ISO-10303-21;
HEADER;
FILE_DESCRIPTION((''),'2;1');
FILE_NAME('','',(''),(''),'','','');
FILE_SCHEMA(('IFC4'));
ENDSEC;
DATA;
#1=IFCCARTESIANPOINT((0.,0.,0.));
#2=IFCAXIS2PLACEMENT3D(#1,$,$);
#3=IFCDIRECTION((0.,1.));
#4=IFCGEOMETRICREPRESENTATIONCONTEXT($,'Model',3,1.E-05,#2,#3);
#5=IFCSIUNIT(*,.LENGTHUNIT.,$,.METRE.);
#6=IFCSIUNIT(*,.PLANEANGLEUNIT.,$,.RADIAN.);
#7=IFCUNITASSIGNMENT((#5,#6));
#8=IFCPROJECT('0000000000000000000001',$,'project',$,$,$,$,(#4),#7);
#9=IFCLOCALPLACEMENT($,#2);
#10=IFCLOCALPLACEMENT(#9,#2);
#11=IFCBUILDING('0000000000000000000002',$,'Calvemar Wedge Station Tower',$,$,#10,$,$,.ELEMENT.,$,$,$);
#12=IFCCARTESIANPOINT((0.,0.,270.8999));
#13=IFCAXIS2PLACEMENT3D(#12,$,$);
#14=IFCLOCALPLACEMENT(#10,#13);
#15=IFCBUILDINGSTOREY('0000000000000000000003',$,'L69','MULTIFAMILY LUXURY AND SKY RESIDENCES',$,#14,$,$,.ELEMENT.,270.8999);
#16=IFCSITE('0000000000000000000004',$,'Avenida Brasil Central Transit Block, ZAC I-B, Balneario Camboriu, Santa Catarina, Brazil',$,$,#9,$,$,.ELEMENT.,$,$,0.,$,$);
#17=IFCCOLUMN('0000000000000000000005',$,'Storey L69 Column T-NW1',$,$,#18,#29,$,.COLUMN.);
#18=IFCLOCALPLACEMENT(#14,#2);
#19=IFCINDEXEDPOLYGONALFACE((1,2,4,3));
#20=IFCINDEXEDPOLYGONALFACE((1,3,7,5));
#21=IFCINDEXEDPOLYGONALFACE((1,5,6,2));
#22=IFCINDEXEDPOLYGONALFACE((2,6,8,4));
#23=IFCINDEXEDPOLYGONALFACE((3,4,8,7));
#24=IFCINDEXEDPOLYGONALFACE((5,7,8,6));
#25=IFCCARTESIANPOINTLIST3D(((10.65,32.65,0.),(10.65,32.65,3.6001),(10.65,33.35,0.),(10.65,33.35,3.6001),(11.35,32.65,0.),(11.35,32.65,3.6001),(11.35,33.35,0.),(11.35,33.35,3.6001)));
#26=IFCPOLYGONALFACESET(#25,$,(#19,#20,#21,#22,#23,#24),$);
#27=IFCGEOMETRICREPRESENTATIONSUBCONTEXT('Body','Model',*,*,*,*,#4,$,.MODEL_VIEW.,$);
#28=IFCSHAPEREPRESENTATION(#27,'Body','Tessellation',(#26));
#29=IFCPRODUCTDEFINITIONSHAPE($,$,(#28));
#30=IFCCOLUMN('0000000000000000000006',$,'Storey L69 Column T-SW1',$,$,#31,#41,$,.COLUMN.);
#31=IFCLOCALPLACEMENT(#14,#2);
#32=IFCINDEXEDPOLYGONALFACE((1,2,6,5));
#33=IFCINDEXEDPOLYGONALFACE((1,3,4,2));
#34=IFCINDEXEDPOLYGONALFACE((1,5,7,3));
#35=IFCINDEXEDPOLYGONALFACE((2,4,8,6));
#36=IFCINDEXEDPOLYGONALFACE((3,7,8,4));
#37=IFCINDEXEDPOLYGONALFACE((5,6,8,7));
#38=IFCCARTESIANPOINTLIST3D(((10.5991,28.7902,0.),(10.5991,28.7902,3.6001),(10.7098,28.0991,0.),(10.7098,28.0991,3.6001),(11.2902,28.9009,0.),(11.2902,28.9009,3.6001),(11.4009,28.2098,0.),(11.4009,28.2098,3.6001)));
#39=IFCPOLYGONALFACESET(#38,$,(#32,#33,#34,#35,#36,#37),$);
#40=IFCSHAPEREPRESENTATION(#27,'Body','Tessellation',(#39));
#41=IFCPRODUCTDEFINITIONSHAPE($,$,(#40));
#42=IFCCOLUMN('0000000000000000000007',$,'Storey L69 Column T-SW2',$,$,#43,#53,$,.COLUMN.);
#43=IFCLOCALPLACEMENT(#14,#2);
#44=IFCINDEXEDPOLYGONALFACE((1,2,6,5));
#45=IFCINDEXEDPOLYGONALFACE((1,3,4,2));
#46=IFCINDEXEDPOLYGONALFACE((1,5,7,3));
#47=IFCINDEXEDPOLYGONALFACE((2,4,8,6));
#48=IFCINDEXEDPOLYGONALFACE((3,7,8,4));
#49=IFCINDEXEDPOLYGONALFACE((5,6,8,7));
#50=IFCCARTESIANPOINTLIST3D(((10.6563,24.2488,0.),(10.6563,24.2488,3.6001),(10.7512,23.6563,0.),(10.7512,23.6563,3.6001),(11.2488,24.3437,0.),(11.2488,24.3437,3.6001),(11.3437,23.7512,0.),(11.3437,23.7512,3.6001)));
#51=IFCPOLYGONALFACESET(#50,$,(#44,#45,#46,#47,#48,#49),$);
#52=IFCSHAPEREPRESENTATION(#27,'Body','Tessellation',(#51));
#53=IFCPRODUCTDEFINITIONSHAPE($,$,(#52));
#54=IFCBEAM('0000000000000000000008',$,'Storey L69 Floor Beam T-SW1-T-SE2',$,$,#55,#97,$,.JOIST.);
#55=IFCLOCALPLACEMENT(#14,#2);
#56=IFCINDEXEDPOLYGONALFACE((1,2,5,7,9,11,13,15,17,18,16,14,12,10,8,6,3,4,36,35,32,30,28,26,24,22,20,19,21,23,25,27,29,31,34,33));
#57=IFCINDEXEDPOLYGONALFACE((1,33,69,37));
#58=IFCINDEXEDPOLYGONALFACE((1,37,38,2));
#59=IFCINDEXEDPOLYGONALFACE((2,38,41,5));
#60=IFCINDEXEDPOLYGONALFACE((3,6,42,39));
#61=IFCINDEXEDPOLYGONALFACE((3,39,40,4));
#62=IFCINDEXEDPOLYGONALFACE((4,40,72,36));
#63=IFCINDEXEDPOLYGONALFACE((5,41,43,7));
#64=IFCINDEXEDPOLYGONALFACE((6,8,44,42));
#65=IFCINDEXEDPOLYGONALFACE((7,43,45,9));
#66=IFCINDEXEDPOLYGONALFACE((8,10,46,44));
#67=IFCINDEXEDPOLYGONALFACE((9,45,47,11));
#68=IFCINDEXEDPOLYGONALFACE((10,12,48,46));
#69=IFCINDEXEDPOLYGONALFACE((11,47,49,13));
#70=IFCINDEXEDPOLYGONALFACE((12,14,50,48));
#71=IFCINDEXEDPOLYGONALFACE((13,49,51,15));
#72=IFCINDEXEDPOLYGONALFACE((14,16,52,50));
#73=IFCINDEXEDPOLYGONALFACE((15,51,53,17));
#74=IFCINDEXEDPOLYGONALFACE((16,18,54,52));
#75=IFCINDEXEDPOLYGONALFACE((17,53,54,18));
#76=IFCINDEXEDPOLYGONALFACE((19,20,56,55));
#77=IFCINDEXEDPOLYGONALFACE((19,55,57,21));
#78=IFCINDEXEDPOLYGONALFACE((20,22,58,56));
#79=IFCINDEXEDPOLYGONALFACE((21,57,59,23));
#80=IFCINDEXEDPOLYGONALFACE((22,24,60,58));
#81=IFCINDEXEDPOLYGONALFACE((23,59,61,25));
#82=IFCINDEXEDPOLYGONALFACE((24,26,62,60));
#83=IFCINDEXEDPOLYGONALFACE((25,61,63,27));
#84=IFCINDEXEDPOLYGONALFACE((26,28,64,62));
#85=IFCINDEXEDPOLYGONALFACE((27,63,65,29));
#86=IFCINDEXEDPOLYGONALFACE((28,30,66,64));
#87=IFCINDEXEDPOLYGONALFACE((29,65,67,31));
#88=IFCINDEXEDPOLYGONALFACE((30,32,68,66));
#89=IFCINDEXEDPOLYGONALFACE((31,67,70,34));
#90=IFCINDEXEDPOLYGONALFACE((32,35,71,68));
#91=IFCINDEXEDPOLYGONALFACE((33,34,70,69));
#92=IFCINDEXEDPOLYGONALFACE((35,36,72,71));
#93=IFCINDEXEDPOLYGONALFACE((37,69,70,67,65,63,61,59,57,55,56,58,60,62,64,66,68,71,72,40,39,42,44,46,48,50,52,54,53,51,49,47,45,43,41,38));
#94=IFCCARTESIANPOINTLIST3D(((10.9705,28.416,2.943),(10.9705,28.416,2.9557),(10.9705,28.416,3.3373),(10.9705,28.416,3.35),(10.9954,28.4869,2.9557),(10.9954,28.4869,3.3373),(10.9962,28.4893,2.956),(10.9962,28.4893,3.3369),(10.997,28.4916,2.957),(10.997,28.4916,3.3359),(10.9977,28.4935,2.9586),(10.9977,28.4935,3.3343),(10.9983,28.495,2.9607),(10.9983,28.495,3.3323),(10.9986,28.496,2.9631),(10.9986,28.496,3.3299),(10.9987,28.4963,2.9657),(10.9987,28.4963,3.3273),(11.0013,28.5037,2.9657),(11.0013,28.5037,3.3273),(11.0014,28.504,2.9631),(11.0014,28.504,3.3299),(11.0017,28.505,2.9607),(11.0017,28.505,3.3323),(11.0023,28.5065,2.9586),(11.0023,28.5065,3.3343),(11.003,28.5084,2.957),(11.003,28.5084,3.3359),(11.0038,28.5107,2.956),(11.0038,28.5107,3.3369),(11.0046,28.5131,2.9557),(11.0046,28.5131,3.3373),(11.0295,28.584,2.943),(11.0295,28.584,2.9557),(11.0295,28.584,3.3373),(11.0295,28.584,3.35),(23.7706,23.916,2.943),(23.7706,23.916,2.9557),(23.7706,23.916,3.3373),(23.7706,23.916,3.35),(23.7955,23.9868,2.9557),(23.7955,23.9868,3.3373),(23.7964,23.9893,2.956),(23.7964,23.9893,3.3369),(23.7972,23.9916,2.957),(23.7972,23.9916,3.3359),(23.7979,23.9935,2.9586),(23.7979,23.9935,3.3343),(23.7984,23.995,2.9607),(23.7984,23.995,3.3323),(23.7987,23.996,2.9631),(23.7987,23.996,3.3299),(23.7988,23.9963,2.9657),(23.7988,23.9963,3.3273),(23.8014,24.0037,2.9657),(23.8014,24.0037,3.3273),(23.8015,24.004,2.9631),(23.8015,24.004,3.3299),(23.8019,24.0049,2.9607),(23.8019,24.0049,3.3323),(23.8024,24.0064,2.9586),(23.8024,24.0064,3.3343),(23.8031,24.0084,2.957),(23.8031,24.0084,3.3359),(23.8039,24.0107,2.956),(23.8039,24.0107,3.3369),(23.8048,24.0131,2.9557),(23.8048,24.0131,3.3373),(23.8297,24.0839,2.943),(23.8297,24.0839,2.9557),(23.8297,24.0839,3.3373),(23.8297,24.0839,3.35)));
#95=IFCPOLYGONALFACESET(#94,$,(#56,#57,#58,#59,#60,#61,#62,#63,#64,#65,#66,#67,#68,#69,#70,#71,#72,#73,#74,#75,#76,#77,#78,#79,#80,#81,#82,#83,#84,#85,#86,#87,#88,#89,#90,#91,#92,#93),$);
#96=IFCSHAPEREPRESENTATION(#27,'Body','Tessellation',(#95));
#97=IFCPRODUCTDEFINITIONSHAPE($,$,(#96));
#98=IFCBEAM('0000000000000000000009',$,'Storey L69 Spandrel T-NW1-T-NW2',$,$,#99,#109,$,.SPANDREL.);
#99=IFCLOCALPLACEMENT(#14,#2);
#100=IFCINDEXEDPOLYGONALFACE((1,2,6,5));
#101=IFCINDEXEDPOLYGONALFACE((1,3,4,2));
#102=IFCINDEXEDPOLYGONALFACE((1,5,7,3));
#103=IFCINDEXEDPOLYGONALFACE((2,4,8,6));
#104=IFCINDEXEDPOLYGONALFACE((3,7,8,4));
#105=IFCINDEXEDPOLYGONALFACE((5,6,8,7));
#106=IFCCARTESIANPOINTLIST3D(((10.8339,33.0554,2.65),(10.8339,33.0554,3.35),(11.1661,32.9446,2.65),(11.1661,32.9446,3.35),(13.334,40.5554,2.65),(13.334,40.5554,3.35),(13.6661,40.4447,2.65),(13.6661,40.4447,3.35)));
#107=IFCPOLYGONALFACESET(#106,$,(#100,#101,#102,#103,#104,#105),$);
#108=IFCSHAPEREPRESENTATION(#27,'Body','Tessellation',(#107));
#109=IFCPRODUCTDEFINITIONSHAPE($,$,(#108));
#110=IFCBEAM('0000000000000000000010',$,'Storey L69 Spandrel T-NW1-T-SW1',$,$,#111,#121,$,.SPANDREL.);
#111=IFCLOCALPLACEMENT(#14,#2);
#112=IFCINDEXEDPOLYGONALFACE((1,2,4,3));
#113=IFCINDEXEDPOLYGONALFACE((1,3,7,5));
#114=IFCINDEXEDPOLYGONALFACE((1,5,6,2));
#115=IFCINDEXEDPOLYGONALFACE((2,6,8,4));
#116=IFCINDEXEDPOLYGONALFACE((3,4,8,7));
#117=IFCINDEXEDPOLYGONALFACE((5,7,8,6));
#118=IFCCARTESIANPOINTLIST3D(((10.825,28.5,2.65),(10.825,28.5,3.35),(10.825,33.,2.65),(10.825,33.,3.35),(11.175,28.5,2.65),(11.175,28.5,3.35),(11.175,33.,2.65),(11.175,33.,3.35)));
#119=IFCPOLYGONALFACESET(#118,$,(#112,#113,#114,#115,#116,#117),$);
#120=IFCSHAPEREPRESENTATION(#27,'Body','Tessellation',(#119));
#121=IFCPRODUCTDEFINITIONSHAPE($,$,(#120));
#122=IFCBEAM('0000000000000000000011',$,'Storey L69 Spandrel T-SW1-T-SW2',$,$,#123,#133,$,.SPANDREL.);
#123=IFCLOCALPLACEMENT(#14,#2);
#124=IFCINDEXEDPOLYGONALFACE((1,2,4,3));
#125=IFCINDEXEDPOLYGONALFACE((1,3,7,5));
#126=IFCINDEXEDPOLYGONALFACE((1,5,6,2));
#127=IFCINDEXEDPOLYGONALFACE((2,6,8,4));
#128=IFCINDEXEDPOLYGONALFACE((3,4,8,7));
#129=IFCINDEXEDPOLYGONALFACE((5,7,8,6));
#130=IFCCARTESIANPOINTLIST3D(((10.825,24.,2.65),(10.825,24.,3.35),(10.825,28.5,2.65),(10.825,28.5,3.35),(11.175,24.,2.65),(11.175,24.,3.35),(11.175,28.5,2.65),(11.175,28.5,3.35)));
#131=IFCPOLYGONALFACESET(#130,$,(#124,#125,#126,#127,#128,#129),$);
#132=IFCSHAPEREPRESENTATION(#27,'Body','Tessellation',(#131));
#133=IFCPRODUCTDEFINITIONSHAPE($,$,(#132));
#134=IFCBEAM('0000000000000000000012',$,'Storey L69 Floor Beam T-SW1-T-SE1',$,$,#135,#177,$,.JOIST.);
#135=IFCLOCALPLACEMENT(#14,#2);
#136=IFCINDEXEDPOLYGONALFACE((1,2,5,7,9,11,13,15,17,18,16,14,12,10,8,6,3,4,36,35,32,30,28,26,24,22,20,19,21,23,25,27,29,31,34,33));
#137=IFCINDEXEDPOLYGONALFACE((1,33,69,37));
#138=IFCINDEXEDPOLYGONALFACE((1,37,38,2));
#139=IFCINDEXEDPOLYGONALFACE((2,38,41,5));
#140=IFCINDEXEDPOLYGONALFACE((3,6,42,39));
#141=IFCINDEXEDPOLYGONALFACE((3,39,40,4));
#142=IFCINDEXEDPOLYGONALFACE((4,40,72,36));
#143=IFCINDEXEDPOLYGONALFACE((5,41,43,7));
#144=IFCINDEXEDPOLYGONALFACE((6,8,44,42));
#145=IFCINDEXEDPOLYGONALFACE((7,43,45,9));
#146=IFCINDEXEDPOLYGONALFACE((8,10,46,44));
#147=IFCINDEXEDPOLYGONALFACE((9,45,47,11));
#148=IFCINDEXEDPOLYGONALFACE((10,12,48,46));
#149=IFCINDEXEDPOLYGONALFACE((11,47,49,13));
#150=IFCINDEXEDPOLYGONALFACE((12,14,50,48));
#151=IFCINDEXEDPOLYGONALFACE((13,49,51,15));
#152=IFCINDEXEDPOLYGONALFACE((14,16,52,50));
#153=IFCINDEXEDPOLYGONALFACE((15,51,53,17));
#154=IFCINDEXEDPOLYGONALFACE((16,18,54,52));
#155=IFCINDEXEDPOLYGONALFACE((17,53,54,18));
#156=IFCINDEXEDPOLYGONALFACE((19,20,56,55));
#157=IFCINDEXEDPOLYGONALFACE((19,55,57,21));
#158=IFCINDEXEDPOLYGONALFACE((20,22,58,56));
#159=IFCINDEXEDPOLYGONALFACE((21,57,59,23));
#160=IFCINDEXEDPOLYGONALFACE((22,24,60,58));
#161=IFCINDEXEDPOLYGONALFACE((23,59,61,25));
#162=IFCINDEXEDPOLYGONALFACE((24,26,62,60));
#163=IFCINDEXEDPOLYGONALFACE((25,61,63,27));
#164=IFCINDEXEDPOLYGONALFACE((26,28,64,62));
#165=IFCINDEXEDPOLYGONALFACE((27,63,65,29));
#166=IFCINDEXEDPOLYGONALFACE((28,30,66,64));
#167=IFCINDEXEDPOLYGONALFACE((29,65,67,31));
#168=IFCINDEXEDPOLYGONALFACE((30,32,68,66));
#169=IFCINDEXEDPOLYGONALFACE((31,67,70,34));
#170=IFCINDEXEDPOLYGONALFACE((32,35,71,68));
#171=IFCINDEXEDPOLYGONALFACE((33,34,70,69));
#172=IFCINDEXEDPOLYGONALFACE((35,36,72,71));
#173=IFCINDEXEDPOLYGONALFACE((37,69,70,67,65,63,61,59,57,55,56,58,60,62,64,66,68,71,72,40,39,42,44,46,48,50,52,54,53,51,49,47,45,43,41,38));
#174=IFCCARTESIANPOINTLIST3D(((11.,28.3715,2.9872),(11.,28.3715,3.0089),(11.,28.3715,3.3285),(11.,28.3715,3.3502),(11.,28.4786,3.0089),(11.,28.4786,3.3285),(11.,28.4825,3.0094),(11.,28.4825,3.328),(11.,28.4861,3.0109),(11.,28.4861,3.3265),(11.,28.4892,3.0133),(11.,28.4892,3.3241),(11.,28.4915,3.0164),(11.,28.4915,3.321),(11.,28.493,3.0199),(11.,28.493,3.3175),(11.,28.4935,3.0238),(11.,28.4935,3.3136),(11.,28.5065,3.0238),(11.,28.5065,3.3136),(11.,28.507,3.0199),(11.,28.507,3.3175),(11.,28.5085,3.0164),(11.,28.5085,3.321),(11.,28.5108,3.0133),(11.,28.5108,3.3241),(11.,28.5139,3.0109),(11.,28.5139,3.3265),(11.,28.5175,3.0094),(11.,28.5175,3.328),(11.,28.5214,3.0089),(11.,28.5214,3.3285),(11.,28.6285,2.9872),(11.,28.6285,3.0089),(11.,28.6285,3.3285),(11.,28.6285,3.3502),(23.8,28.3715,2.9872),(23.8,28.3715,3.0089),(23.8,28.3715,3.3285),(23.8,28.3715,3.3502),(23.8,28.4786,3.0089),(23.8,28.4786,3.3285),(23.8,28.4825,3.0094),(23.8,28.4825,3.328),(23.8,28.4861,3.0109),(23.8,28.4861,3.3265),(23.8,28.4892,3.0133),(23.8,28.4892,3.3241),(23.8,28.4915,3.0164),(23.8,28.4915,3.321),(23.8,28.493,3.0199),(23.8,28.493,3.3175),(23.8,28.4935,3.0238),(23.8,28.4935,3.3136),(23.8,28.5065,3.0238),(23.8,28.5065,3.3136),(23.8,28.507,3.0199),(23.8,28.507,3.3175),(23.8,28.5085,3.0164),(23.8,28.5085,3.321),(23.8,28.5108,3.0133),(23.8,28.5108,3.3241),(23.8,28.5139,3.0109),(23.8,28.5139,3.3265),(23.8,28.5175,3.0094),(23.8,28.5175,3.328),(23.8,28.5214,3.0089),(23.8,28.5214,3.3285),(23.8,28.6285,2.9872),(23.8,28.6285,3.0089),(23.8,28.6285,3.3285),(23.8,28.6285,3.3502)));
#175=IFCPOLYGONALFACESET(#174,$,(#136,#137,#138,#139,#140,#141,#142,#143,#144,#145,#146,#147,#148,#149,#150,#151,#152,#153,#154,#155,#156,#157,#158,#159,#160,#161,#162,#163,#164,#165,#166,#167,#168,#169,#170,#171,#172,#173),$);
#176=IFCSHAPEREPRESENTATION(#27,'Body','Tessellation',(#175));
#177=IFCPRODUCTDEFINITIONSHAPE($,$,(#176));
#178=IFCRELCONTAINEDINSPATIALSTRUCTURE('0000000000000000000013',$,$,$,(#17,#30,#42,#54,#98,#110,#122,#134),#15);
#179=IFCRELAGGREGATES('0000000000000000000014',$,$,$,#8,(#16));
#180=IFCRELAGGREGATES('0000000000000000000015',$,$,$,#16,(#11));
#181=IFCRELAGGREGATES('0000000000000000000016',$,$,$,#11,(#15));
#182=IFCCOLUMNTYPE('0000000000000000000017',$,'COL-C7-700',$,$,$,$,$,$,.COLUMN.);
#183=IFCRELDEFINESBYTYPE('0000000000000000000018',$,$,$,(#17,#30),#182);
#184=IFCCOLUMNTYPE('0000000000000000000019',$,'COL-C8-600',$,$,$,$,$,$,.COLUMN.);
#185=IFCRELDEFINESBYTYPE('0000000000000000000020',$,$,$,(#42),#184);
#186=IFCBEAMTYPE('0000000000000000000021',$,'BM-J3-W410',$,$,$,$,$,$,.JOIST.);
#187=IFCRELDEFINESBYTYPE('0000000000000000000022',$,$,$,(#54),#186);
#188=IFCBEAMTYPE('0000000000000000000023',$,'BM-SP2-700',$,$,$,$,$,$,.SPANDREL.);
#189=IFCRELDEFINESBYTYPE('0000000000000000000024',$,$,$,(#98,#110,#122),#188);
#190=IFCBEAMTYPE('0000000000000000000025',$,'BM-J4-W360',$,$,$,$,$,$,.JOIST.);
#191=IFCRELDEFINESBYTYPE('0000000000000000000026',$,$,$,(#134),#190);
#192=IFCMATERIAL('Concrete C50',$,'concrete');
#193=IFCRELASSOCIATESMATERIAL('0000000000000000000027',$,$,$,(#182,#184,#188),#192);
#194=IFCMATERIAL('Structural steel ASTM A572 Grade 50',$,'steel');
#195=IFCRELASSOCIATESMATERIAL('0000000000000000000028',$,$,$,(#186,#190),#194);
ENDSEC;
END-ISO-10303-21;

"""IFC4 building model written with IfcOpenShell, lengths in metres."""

from ifc_helpers import new_model, si_unit, direction, frame, origin, origin_2d, place, context, subcontext, project, spatial, rectangle, i_section, extrude, source, transform, mapped, material, material_profile, profile_set, type_object, element, save


model = new_model("IFC4")

# Units and contexts
model_context = context("Model", 3, precision=1e-05, world=origin(), true_north=direction((0.0, 1.0)))
body_context = subcontext(model_context, "Body", "Model", "MODEL_VIEW")
ifc_project = project(units=[si_unit("LENGTHUNIT", "METRE"), si_unit("PLANEANGLEUNIT", "RADIAN")], contexts=[model_context])

# Site, building, storey
site_placement = place(None, origin())
site = spatial("IfcSite", under=ifc_project, at=site_placement, Name="Avenida Brasil Central Transit Block, ZAC I-B, Balneario Camboriu, Santa Catarina, Brazil", CompositionType="ELEMENT", RefElevation=0.0)
building_placement = place(site_placement, origin())
building = spatial("IfcBuilding", under=site, at=building_placement, Name="Calvemar Wedge Station Tower", CompositionType="ELEMENT")
storey_placement = place(building_placement, frame((0.0, 0.0, 270.8999)))
storey = spatial("IfcBuildingStorey", under=building, at=storey_placement, Name="L69", Description="MULTIFAMILY LUXURY AND SKY RESIDENCES", CompositionType="ELEMENT", Elevation=270.8999)

# Columns
ifc_material_1 = material(Name="Concrete C50", Category="concrete")
ifc_material_profile_1 = material_profile(ifc_material_1, rectangle(XDim=0.7, YDim=0.7, at=origin_2d()), Name="RC700x700")
ifc_profile_set_1 = profile_set([ifc_material_profile_1], Name="Concrete C50")
column_type_1 = type_object("IfcColumnType", Name="COL-C7-700", PredefinedType="COLUMN", material=ifc_profile_set_1)
shared_shape_1 = source(origin(), body_context, "Body", "SweptSolid", [
    extrude(rectangle(XDim=0.7, YDim=0.7, at=origin_2d()), origin(), (0.0, 0.0, 1.0), 3.6001),
])
for number, where, z_axis, x_axis, name in (
    (1, (11.0, 33.0, 0.0), (0.0, 0.0, 1.0), (1.0, 0.0, 0.0), "Storey L69 Column T-NW1"),
    (2, (11.0, 28.5, 0.0), (0.0, 0.0, 1.0), (0.158158, -0.987414, 0.0), "Storey L69 Column T-SW1"),
):
    element("IfcColumn", number, at=place(storey_placement, frame(where, z_axis=z_axis, x_axis=x_axis)), inside=storey, type_object=column_type_1, Name=name, PredefinedType="COLUMN", context=body_context, shape_type="MappedRepresentation", body=[
        mapped(shared_shape_1, transform((0.0, 0.0, 0.0), scale=1.0)),
    ])
ifc_material_profile_2 = material_profile(ifc_material_1, rectangle(XDim=0.6001, YDim=0.6001, at=origin_2d()), Name="RC600x600")
ifc_profile_set_2 = profile_set([ifc_material_profile_2], Name="Concrete C50")
column_type_2 = type_object("IfcColumnType", Name="COL-C8-600", PredefinedType="COLUMN", material=ifc_profile_set_2)
shared_shape_2 = source(origin(), body_context, "Body", "SweptSolid", [
    extrude(rectangle(XDim=0.6001, YDim=0.6001, at=origin_2d()), origin(), (0.0, 0.0, 1.0), 3.6001),
])
column_placement = place(storey_placement, frame((11.0, 24.0, 0.0), z_axis=(0.0, 0.0, 1.0), x_axis=(0.158158, -0.987414, 0.0)))
element("IfcColumn", 3, at=column_placement, inside=storey, type_object=column_type_2, Name="Storey L69 Column T-SW2", PredefinedType="COLUMN", context=body_context, shape_type="MappedRepresentation", body=[
    mapped(shared_shape_2, transform((0.0, 0.0, 0.0), scale=1.0)),
])

# Beams
ifc_material_2 = material(Name="Structural steel ASTM A572 Grade 50", Category="steel")
ifc_material_profile_3 = material_profile(ifc_material_2, i_section(OverallWidth=0.178, OverallDepth=0.407, WebThickness=0.0078, FlangeThickness=0.0127, FilletRadius=0.01, at=origin_2d()), Name="W410x60")
ifc_profile_set_3 = profile_set([ifc_material_profile_3], Name="Structural steel ASTM A572 Grade 50")
beam_type_1 = type_object("IfcBeamType", Name="BM-J3-W410", PredefinedType="JOIST", material=ifc_profile_set_3)
shared_shape_3 = source(origin(), body_context, "Body", "SweptSolid", [
    extrude(i_section(OverallWidth=0.178, OverallDepth=0.407, WebThickness=0.0078, FlangeThickness=0.0127, FilletRadius=0.01, at=origin_2d()), origin(), (0.0, 0.0, 1.0), 13.5681),
])
beam_1_placement = place(storey_placement, frame((11.0, 28.5, 3.1465), z_axis=(0.943398, -0.331662, 0.0), x_axis=(0.331662, 0.943398, 0.0)))
element("IfcBeam", 4, at=beam_1_placement, inside=storey, type_object=beam_type_1, Name="Storey L69 Floor Beam T-SW1-T-SE2", PredefinedType="JOIST", context=body_context, shape_type="MappedRepresentation", body=[
    mapped(shared_shape_3, transform((0.0, 0.0, 0.0), scale=1.0)),
])
ifc_material_profile_4 = material_profile(ifc_material_1, rectangle(XDim=0.3501, YDim=0.7, at=origin_2d()), Name="RC350x700")
ifc_profile_set_4 = profile_set([ifc_material_profile_4], Name="Concrete C50")
beam_type_2 = type_object("IfcBeamType", Name="BM-SP2-700", PredefinedType="SPANDREL", material=ifc_profile_set_4)
shared_shape_4 = source(origin(), body_context, "Body", "SweptSolid", [
    extrude(rectangle(XDim=0.3501, YDim=0.7, at=origin_2d()), origin(), (0.0, 0.0, 1.0), 7.9058),
])
beam_2_placement = place(storey_placement, frame((11.0, 33.0, 3.0), z_axis=(0.316228, 0.948683, 0.0), x_axis=(-0.948683, 0.316228, 0.0)))
element("IfcBeam", 5, at=beam_2_placement, inside=storey, type_object=beam_type_2, Name="Storey L69 Spandrel T-NW1-T-NW2", PredefinedType="SPANDREL", context=body_context, shape_type="MappedRepresentation", body=[
    mapped(shared_shape_4, transform((0.0, 0.0, 0.0), scale=1.0)),
])
shared_shape_5 = source(origin(), body_context, "Body", "SweptSolid", [
    extrude(rectangle(XDim=0.3501, YDim=0.7, at=origin_2d()), origin(), (0.0, 0.0, 1.0), 4.5),
])
for number, where, z_axis, x_axis, name in (
    (6, (11.0, 33.0, 3.0), (0.0, -1.0, 0.0), (1.0, 0.0, 0.0), "Storey L69 Spandrel T-NW1-T-SW1"),
    (7, (11.0, 28.5, 3.0), (0.0, -1.0, 0.0), (1.0, 0.0, 0.0), "Storey L69 Spandrel T-SW1-T-SW2"),
):
    element("IfcBeam", number, at=place(storey_placement, frame(where, z_axis=z_axis, x_axis=x_axis)), inside=storey, type_object=beam_type_2, Name=name, PredefinedType="SPANDREL", context=body_context, shape_type="MappedRepresentation", body=[
        mapped(shared_shape_5, transform((0.0, 0.0, 0.0), scale=1.0)),
    ])
ifc_material_profile_5 = material_profile(ifc_material_2, i_section(OverallWidth=0.2571, OverallDepth=0.363, WebThickness=0.0129, FlangeThickness=0.0217, FilletRadius=0.0149, at=origin_2d()), Name="W360x122")
ifc_profile_set_5 = profile_set([ifc_material_profile_5], Name="Structural steel ASTM A572 Grade 50")
beam_type_3 = type_object("IfcBeamType", Name="BM-J4-W360", PredefinedType="JOIST", material=ifc_profile_set_5)
shared_shape_6 = source(origin(), body_context, "Body", "SweptSolid", [
    extrude(i_section(OverallWidth=0.2571, OverallDepth=0.363, WebThickness=0.0129, FlangeThickness=0.0217, FilletRadius=0.0149, at=origin_2d()), origin(), (0.0, 0.0, 1.0), 12.8),
])
for number, where, z_axis, x_axis, name in (
    (8, (11.0, 28.5, 3.1687), (1.0, 0.0, 0.0), (0.0, 1.0, 0.0), "Storey L69 Floor Beam T-SW1-T-SE1"),
):
    element("IfcBeam", number, at=place(storey_placement, frame(where, z_axis=z_axis, x_axis=x_axis)), inside=storey, type_object=beam_type_3, Name=name, PredefinedType="JOIST", context=body_context, shape_type="MappedRepresentation", body=[
        mapped(shared_shape_6, transform((0.0, 0.0, 0.0), scale=1.0)),
    ])

save(model, "model.ifc")
